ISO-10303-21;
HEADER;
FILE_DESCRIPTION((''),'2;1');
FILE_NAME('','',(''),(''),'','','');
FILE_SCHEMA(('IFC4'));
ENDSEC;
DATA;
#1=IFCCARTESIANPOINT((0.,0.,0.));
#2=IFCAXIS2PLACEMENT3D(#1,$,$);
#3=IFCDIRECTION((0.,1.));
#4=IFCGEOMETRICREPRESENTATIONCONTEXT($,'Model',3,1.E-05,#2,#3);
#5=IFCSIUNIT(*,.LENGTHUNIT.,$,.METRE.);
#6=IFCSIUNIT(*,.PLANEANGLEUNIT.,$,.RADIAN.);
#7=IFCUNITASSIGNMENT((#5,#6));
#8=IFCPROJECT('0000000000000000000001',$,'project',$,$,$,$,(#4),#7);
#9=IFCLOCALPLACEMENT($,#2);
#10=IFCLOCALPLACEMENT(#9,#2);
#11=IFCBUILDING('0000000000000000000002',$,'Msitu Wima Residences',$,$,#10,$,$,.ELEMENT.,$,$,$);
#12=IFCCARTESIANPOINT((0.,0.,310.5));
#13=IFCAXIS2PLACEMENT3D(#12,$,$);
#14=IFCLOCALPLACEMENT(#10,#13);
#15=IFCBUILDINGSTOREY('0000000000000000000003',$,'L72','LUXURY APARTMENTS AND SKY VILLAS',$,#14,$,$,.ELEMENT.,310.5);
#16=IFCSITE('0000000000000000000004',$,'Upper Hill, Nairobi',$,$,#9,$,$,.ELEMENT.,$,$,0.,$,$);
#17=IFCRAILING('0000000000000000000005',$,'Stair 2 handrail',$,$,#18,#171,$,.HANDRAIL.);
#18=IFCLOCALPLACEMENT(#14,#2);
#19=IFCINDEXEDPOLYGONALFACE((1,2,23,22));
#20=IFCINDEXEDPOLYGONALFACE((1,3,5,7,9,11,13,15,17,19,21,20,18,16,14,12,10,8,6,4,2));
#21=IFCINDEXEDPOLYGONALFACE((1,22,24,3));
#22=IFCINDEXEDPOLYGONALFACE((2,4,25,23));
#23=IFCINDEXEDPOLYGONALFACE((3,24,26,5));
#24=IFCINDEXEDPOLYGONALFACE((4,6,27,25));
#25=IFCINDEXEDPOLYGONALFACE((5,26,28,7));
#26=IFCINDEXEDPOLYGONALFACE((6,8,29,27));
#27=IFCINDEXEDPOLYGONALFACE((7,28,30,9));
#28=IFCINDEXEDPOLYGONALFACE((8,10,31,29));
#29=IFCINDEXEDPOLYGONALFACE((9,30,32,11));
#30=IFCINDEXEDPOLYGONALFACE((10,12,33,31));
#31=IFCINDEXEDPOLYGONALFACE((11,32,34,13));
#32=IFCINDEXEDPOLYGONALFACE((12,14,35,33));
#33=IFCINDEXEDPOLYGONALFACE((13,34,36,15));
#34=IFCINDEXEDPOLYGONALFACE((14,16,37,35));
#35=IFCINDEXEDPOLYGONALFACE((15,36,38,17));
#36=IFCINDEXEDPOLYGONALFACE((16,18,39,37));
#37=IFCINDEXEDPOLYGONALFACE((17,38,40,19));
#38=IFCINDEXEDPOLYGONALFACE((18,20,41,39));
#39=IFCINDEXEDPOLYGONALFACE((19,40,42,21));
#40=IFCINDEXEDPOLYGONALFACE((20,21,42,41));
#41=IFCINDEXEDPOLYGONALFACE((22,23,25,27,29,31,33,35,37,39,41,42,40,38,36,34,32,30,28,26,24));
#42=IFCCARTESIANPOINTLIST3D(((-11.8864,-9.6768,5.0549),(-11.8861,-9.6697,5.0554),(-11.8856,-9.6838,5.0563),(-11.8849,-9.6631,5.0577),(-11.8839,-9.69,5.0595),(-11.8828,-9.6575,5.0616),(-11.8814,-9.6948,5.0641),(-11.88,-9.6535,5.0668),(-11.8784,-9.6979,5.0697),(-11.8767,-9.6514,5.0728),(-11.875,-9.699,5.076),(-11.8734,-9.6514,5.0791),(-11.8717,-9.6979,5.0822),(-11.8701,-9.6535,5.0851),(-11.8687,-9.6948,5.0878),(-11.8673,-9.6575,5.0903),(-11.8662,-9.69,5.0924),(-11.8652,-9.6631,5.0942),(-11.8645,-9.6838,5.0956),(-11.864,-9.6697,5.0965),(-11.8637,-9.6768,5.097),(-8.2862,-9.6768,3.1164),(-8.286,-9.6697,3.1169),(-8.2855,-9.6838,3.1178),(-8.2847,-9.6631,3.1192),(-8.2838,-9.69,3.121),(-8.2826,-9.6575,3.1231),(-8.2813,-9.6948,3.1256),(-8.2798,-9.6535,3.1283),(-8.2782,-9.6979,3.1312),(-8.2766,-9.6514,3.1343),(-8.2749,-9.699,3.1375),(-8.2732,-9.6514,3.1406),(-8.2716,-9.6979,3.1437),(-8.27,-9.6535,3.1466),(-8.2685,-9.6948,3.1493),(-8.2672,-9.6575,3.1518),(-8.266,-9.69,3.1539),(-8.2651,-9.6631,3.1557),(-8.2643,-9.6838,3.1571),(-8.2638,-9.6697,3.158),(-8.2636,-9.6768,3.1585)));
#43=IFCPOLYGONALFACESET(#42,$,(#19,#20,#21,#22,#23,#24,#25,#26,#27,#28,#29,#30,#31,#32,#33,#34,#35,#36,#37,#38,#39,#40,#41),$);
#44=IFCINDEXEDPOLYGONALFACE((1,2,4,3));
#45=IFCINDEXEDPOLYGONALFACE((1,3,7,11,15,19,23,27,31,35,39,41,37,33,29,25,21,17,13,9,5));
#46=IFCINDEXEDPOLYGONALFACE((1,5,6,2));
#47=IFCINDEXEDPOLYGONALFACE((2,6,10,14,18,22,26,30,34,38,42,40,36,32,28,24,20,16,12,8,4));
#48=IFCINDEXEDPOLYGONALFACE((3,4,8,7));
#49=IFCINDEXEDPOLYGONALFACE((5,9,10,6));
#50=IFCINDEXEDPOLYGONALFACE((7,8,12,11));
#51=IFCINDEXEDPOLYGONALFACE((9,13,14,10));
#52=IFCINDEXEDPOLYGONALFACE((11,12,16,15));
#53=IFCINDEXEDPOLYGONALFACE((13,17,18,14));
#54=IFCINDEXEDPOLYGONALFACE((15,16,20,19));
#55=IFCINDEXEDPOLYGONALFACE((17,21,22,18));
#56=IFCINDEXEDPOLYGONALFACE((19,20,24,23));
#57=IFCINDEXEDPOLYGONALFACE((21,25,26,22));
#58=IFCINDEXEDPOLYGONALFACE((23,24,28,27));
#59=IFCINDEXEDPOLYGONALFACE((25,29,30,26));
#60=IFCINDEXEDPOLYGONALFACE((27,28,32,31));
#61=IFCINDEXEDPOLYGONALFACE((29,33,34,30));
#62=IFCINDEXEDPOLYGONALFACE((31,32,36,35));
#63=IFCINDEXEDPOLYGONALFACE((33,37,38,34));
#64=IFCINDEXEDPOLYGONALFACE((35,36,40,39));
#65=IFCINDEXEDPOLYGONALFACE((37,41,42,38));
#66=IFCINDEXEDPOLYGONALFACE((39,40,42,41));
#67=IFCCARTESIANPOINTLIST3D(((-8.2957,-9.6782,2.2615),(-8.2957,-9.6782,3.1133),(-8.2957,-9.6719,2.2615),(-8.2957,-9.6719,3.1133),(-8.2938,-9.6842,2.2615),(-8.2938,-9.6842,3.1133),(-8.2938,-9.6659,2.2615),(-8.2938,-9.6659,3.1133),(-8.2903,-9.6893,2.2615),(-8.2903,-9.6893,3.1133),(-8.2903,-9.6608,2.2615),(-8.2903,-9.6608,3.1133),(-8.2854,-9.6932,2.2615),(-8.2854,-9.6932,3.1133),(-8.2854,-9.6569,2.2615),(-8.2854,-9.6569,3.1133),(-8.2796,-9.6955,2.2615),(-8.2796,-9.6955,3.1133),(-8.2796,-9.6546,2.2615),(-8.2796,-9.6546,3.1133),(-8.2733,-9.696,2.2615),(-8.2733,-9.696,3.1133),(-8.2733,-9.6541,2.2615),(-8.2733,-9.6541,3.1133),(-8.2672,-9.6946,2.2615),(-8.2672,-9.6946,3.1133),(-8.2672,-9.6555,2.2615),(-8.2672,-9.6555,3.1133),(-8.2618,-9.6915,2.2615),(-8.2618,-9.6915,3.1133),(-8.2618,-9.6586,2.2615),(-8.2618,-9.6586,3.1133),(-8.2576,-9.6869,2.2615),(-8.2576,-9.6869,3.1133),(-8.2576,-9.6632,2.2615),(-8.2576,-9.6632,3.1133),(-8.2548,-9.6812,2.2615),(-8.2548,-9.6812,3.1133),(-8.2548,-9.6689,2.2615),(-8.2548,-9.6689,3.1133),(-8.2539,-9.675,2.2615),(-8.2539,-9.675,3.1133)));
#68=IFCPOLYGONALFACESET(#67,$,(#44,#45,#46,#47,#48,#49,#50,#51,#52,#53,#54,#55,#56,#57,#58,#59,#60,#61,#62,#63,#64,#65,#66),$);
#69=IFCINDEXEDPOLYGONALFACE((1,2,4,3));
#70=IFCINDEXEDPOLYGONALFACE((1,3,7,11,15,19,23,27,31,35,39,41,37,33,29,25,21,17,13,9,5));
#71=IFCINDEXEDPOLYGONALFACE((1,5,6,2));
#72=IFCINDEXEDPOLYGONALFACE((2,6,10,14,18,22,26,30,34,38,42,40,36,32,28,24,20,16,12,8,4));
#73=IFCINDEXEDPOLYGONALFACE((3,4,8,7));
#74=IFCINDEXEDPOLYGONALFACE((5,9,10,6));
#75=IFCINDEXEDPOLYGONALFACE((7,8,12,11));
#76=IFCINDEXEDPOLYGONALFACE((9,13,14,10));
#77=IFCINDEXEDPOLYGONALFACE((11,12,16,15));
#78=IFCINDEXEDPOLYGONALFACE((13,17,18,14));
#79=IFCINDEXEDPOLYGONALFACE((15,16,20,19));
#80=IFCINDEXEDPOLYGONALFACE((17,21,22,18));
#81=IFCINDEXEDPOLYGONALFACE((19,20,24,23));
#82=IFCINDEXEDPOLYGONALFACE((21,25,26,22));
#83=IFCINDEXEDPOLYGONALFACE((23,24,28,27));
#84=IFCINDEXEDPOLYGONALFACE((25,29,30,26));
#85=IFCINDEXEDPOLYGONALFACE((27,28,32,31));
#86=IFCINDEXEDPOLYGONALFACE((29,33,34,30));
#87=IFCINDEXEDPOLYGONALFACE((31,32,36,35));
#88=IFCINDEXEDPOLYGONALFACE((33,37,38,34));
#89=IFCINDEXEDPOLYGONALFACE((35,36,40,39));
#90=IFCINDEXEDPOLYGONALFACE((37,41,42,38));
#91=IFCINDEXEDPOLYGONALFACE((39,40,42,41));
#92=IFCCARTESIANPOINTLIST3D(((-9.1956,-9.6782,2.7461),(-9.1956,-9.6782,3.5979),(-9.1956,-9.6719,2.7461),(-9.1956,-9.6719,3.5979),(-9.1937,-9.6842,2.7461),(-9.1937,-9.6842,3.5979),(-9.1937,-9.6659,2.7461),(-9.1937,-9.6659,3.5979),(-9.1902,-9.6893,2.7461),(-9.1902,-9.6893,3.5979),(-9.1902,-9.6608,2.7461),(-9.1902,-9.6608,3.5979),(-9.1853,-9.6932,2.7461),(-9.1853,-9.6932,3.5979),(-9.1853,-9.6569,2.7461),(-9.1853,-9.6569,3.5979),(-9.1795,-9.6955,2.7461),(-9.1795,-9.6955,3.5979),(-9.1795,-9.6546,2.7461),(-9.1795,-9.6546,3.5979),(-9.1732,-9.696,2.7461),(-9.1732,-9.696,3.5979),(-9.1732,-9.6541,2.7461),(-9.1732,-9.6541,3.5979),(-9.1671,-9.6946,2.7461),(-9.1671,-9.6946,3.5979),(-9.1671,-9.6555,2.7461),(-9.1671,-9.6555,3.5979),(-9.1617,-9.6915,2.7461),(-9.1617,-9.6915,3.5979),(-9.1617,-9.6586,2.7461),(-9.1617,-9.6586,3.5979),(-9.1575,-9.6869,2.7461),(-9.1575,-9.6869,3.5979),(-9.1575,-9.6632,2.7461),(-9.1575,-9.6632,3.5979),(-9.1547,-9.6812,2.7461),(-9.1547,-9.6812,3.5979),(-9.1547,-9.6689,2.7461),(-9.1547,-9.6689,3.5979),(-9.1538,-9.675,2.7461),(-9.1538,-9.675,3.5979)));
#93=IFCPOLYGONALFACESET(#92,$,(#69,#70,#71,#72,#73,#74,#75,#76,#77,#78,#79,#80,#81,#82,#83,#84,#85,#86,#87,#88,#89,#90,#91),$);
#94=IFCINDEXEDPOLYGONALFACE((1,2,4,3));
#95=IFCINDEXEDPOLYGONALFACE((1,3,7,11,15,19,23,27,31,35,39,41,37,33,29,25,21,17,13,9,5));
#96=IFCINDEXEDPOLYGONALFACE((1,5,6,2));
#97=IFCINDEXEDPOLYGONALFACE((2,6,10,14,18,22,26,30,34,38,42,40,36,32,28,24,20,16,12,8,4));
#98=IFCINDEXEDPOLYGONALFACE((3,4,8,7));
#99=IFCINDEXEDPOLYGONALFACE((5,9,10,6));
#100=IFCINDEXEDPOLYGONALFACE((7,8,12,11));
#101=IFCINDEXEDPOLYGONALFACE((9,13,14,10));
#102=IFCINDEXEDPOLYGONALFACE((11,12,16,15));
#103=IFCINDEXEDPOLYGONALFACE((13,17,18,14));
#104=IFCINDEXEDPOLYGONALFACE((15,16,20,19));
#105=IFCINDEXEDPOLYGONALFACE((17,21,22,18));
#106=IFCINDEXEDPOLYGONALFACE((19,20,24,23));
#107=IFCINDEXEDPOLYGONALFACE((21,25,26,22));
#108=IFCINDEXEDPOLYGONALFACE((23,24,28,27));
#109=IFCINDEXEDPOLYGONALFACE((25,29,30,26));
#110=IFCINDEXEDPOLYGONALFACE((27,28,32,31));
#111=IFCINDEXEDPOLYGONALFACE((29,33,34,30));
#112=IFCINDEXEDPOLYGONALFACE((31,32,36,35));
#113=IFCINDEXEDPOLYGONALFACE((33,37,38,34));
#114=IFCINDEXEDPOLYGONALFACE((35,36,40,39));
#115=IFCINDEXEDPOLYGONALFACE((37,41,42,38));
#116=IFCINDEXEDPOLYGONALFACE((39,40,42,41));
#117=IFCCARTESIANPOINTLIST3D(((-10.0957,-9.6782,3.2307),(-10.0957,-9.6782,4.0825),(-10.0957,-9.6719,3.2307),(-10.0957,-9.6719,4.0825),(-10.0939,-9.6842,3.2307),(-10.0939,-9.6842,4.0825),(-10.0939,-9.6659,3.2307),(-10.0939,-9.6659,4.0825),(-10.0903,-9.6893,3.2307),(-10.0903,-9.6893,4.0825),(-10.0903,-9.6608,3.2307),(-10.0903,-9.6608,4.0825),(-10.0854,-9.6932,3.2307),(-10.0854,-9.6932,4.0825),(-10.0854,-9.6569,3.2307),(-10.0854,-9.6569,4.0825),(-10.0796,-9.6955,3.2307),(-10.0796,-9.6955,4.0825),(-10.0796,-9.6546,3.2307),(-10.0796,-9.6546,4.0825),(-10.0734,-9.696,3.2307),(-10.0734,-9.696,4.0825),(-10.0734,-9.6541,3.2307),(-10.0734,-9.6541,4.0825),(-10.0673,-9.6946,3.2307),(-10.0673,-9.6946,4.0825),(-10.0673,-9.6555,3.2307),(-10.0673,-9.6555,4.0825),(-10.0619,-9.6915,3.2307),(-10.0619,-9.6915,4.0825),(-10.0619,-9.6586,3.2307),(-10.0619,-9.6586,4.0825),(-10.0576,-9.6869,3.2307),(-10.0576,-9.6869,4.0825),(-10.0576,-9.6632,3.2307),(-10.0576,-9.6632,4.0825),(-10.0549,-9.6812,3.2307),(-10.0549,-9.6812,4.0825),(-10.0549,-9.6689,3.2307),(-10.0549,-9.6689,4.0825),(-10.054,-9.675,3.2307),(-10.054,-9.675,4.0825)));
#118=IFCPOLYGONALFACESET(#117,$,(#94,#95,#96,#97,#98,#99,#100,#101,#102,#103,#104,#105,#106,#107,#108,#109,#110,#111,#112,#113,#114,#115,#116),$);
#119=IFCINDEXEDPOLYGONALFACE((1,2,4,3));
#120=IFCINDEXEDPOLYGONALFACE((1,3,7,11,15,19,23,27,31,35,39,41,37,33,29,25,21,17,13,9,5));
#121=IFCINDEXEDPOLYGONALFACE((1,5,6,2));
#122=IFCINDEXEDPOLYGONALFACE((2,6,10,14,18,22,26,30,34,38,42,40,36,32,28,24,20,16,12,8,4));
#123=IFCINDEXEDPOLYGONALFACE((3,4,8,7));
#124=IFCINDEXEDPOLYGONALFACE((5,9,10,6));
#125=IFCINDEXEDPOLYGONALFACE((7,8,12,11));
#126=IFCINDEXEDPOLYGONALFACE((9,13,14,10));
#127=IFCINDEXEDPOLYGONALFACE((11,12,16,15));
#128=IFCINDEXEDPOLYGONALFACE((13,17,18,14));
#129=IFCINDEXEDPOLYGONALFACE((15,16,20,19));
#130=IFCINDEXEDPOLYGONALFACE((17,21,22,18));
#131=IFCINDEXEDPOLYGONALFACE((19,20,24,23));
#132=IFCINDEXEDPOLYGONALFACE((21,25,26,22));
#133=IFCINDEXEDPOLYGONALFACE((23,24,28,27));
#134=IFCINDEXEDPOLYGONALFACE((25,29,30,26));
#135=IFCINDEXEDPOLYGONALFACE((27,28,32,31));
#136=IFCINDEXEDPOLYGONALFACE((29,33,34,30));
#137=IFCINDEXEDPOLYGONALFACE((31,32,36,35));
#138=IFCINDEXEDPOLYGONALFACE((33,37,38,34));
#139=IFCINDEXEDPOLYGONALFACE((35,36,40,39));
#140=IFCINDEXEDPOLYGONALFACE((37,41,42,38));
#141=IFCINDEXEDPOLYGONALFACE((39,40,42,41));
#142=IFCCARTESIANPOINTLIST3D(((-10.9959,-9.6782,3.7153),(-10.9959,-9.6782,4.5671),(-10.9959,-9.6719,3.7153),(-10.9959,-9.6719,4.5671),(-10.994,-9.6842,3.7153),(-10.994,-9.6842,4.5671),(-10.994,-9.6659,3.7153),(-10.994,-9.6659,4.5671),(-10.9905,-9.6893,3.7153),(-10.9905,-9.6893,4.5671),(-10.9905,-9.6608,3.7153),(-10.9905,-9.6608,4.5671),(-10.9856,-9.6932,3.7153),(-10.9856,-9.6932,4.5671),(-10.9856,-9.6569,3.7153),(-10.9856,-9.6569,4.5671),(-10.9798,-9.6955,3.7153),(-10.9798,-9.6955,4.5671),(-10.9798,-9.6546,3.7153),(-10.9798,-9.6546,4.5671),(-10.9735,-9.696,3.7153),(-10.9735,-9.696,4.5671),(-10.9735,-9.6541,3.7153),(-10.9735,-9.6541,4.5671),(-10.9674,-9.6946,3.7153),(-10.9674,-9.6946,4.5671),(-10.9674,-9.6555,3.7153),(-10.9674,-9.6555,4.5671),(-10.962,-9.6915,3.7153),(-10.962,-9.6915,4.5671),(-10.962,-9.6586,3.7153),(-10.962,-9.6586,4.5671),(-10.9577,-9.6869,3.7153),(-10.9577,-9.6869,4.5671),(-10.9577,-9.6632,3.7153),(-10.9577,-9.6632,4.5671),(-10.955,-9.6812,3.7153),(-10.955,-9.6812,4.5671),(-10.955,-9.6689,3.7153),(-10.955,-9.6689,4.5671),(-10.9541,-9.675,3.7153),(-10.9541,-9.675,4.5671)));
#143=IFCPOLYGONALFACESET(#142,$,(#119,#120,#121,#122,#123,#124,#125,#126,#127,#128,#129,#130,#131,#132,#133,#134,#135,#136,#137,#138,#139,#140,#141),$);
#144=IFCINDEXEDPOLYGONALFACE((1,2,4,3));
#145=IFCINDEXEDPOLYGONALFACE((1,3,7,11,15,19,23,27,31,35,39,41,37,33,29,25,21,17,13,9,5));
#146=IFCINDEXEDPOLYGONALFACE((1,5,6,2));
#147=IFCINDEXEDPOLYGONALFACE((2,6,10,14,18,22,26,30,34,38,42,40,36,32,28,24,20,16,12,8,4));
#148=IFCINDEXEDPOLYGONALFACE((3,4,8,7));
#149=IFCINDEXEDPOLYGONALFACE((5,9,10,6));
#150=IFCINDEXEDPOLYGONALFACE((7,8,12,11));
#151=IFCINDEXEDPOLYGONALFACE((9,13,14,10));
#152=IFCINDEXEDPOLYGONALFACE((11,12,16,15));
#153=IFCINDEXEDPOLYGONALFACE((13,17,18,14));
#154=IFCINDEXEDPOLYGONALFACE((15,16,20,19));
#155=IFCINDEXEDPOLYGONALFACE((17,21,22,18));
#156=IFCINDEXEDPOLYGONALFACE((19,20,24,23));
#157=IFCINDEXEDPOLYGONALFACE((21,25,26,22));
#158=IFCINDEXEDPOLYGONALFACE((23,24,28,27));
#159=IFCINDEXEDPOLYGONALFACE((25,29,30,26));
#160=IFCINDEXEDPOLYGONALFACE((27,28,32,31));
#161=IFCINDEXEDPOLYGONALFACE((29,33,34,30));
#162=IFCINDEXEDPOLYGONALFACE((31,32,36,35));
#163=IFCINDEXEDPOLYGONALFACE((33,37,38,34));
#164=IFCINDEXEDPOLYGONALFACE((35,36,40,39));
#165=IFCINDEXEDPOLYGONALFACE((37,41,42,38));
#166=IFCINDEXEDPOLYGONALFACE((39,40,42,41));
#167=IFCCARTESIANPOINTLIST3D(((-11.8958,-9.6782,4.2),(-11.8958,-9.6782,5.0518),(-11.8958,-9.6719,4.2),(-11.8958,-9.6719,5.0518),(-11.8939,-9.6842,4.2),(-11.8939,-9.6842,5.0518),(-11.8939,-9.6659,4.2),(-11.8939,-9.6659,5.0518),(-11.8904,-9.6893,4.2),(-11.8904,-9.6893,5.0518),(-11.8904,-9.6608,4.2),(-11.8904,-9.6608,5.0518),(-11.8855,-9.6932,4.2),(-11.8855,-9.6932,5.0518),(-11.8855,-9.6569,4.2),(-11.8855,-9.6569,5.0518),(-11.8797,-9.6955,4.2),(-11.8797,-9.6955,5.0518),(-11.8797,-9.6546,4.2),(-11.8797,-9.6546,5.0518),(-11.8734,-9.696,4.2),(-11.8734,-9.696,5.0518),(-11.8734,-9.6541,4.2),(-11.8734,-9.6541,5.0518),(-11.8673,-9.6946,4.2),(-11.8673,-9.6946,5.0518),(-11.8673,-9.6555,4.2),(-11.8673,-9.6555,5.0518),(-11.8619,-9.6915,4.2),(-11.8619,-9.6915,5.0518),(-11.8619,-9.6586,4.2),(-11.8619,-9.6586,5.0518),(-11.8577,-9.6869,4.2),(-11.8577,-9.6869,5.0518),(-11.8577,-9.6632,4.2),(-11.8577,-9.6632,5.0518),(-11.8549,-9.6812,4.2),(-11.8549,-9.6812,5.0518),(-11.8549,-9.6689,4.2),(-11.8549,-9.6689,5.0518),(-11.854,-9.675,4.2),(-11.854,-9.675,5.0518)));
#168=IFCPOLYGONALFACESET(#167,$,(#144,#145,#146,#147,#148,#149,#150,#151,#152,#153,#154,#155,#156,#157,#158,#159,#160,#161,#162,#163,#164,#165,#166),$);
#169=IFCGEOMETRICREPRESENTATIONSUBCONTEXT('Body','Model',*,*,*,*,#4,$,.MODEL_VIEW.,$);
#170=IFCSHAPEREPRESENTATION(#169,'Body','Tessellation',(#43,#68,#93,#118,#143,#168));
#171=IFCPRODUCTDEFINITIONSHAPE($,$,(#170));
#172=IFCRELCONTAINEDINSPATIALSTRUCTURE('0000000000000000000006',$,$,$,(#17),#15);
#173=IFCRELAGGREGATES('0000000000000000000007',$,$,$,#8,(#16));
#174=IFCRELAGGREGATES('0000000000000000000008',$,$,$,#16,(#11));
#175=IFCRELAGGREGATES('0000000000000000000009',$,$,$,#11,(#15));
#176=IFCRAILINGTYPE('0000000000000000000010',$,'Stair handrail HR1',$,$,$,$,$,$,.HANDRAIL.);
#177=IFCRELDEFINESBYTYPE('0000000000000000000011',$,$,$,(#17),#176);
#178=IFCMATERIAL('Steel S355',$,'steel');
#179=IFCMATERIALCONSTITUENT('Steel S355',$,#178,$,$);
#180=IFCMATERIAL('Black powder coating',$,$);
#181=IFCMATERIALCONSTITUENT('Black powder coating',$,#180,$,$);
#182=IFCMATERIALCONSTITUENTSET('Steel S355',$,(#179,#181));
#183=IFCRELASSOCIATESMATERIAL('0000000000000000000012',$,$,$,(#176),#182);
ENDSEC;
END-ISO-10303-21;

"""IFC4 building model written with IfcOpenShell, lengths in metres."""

from ifc_helpers import new_model, si_unit, direction, frame, origin, origin_2d, place, context, subcontext, project, spatial, circle, extrude, material, constituent, constituent_set, type_object, element, save


model = new_model("IFC4")

# Units and contexts
model_context = context("Model", 3, precision=1e-05, world=origin(), true_north=direction((0.0, 1.0)))
body_context = subcontext(model_context, "Body", "Model", "MODEL_VIEW")
ifc_project = project(units=[si_unit("LENGTHUNIT", "METRE"), si_unit("PLANEANGLEUNIT", "RADIAN")], contexts=[model_context])

# Site, building, storey
site_placement = place(None, origin())
site = spatial("IfcSite", under=ifc_project, at=site_placement, Name="Upper Hill, Nairobi", CompositionType="ELEMENT", RefElevation=0.0)
building_placement = place(site_placement, origin())
building = spatial("IfcBuilding", under=site, at=building_placement, Name="Msitu Wima Residences", CompositionType="ELEMENT")
storey_placement = place(building_placement, frame((0.0, 0.0, 310.5)))
storey = spatial("IfcBuildingStorey", under=building, at=storey_placement, Name="L72", Description="LUXURY APARTMENTS AND SKY VILLAS", CompositionType="ELEMENT", Elevation=310.5)

# Railing
ifc_material_1 = material(Name="Steel S355", Category="steel")
ifc_constituent_1 = constituent(ifc_material_1, Name="Steel S355")
ifc_material_2 = material(Name="Black powder coating")
ifc_constituent_2 = constituent(ifc_material_2, Name="Black powder coating")
ifc_constituent_set = constituent_set(constituents=[ifc_constituent_1, ifc_constituent_2], Name="Steel S355")
railing_type = type_object("IfcRailingType", Name="Stair handrail HR1", PredefinedType="HANDRAIL", material=ifc_constituent_set)
for number, where, name in (
    (1, (-8.2749, -9.675, 2.2615), "Stair 2 handrail"),
):
    element("IfcRailing", number, at=place(storey_placement, frame(where)), inside=storey, type_object=railing_type, Name=name, PredefinedType="HANDRAIL", context=body_context, shape_type="SweptSolid", body=[
        extrude(circle(Radius=0.0239, at=origin_2d()), frame((0.0, 0.0, 0.876), z_axis=(-0.880475, 0.0, 0.474093), x_axis=(0.0, -1.0, 0.0)), (0.0, 0.0, 1.0), 4.0889),
        extrude(circle(Radius=0.021, at=origin_2d()), origin(), (0.0, 0.0, 1.0), 0.8518),
        extrude(circle(Radius=0.021, at=origin_2d()), frame((-0.8999, 0.0, 0.4846)), (0.0, 0.0, 1.0), 0.8518),
        extrude(circle(Radius=0.021, at=origin_2d()), frame((-1.8, 0.0, 0.9692)), (0.0, 0.0, 1.0), 0.8518),
        extrude(circle(Radius=0.021, at=origin_2d()), frame((-2.7002, 0.0, 1.4539)), (0.0, 0.0, 1.0), 0.8518),
        extrude(circle(Radius=0.021, at=origin_2d()), frame((-3.6001, 0.0, 1.9385)), (0.0, 0.0, 1.0), 0.8518),
    ])

save(model, "model.ifc")
